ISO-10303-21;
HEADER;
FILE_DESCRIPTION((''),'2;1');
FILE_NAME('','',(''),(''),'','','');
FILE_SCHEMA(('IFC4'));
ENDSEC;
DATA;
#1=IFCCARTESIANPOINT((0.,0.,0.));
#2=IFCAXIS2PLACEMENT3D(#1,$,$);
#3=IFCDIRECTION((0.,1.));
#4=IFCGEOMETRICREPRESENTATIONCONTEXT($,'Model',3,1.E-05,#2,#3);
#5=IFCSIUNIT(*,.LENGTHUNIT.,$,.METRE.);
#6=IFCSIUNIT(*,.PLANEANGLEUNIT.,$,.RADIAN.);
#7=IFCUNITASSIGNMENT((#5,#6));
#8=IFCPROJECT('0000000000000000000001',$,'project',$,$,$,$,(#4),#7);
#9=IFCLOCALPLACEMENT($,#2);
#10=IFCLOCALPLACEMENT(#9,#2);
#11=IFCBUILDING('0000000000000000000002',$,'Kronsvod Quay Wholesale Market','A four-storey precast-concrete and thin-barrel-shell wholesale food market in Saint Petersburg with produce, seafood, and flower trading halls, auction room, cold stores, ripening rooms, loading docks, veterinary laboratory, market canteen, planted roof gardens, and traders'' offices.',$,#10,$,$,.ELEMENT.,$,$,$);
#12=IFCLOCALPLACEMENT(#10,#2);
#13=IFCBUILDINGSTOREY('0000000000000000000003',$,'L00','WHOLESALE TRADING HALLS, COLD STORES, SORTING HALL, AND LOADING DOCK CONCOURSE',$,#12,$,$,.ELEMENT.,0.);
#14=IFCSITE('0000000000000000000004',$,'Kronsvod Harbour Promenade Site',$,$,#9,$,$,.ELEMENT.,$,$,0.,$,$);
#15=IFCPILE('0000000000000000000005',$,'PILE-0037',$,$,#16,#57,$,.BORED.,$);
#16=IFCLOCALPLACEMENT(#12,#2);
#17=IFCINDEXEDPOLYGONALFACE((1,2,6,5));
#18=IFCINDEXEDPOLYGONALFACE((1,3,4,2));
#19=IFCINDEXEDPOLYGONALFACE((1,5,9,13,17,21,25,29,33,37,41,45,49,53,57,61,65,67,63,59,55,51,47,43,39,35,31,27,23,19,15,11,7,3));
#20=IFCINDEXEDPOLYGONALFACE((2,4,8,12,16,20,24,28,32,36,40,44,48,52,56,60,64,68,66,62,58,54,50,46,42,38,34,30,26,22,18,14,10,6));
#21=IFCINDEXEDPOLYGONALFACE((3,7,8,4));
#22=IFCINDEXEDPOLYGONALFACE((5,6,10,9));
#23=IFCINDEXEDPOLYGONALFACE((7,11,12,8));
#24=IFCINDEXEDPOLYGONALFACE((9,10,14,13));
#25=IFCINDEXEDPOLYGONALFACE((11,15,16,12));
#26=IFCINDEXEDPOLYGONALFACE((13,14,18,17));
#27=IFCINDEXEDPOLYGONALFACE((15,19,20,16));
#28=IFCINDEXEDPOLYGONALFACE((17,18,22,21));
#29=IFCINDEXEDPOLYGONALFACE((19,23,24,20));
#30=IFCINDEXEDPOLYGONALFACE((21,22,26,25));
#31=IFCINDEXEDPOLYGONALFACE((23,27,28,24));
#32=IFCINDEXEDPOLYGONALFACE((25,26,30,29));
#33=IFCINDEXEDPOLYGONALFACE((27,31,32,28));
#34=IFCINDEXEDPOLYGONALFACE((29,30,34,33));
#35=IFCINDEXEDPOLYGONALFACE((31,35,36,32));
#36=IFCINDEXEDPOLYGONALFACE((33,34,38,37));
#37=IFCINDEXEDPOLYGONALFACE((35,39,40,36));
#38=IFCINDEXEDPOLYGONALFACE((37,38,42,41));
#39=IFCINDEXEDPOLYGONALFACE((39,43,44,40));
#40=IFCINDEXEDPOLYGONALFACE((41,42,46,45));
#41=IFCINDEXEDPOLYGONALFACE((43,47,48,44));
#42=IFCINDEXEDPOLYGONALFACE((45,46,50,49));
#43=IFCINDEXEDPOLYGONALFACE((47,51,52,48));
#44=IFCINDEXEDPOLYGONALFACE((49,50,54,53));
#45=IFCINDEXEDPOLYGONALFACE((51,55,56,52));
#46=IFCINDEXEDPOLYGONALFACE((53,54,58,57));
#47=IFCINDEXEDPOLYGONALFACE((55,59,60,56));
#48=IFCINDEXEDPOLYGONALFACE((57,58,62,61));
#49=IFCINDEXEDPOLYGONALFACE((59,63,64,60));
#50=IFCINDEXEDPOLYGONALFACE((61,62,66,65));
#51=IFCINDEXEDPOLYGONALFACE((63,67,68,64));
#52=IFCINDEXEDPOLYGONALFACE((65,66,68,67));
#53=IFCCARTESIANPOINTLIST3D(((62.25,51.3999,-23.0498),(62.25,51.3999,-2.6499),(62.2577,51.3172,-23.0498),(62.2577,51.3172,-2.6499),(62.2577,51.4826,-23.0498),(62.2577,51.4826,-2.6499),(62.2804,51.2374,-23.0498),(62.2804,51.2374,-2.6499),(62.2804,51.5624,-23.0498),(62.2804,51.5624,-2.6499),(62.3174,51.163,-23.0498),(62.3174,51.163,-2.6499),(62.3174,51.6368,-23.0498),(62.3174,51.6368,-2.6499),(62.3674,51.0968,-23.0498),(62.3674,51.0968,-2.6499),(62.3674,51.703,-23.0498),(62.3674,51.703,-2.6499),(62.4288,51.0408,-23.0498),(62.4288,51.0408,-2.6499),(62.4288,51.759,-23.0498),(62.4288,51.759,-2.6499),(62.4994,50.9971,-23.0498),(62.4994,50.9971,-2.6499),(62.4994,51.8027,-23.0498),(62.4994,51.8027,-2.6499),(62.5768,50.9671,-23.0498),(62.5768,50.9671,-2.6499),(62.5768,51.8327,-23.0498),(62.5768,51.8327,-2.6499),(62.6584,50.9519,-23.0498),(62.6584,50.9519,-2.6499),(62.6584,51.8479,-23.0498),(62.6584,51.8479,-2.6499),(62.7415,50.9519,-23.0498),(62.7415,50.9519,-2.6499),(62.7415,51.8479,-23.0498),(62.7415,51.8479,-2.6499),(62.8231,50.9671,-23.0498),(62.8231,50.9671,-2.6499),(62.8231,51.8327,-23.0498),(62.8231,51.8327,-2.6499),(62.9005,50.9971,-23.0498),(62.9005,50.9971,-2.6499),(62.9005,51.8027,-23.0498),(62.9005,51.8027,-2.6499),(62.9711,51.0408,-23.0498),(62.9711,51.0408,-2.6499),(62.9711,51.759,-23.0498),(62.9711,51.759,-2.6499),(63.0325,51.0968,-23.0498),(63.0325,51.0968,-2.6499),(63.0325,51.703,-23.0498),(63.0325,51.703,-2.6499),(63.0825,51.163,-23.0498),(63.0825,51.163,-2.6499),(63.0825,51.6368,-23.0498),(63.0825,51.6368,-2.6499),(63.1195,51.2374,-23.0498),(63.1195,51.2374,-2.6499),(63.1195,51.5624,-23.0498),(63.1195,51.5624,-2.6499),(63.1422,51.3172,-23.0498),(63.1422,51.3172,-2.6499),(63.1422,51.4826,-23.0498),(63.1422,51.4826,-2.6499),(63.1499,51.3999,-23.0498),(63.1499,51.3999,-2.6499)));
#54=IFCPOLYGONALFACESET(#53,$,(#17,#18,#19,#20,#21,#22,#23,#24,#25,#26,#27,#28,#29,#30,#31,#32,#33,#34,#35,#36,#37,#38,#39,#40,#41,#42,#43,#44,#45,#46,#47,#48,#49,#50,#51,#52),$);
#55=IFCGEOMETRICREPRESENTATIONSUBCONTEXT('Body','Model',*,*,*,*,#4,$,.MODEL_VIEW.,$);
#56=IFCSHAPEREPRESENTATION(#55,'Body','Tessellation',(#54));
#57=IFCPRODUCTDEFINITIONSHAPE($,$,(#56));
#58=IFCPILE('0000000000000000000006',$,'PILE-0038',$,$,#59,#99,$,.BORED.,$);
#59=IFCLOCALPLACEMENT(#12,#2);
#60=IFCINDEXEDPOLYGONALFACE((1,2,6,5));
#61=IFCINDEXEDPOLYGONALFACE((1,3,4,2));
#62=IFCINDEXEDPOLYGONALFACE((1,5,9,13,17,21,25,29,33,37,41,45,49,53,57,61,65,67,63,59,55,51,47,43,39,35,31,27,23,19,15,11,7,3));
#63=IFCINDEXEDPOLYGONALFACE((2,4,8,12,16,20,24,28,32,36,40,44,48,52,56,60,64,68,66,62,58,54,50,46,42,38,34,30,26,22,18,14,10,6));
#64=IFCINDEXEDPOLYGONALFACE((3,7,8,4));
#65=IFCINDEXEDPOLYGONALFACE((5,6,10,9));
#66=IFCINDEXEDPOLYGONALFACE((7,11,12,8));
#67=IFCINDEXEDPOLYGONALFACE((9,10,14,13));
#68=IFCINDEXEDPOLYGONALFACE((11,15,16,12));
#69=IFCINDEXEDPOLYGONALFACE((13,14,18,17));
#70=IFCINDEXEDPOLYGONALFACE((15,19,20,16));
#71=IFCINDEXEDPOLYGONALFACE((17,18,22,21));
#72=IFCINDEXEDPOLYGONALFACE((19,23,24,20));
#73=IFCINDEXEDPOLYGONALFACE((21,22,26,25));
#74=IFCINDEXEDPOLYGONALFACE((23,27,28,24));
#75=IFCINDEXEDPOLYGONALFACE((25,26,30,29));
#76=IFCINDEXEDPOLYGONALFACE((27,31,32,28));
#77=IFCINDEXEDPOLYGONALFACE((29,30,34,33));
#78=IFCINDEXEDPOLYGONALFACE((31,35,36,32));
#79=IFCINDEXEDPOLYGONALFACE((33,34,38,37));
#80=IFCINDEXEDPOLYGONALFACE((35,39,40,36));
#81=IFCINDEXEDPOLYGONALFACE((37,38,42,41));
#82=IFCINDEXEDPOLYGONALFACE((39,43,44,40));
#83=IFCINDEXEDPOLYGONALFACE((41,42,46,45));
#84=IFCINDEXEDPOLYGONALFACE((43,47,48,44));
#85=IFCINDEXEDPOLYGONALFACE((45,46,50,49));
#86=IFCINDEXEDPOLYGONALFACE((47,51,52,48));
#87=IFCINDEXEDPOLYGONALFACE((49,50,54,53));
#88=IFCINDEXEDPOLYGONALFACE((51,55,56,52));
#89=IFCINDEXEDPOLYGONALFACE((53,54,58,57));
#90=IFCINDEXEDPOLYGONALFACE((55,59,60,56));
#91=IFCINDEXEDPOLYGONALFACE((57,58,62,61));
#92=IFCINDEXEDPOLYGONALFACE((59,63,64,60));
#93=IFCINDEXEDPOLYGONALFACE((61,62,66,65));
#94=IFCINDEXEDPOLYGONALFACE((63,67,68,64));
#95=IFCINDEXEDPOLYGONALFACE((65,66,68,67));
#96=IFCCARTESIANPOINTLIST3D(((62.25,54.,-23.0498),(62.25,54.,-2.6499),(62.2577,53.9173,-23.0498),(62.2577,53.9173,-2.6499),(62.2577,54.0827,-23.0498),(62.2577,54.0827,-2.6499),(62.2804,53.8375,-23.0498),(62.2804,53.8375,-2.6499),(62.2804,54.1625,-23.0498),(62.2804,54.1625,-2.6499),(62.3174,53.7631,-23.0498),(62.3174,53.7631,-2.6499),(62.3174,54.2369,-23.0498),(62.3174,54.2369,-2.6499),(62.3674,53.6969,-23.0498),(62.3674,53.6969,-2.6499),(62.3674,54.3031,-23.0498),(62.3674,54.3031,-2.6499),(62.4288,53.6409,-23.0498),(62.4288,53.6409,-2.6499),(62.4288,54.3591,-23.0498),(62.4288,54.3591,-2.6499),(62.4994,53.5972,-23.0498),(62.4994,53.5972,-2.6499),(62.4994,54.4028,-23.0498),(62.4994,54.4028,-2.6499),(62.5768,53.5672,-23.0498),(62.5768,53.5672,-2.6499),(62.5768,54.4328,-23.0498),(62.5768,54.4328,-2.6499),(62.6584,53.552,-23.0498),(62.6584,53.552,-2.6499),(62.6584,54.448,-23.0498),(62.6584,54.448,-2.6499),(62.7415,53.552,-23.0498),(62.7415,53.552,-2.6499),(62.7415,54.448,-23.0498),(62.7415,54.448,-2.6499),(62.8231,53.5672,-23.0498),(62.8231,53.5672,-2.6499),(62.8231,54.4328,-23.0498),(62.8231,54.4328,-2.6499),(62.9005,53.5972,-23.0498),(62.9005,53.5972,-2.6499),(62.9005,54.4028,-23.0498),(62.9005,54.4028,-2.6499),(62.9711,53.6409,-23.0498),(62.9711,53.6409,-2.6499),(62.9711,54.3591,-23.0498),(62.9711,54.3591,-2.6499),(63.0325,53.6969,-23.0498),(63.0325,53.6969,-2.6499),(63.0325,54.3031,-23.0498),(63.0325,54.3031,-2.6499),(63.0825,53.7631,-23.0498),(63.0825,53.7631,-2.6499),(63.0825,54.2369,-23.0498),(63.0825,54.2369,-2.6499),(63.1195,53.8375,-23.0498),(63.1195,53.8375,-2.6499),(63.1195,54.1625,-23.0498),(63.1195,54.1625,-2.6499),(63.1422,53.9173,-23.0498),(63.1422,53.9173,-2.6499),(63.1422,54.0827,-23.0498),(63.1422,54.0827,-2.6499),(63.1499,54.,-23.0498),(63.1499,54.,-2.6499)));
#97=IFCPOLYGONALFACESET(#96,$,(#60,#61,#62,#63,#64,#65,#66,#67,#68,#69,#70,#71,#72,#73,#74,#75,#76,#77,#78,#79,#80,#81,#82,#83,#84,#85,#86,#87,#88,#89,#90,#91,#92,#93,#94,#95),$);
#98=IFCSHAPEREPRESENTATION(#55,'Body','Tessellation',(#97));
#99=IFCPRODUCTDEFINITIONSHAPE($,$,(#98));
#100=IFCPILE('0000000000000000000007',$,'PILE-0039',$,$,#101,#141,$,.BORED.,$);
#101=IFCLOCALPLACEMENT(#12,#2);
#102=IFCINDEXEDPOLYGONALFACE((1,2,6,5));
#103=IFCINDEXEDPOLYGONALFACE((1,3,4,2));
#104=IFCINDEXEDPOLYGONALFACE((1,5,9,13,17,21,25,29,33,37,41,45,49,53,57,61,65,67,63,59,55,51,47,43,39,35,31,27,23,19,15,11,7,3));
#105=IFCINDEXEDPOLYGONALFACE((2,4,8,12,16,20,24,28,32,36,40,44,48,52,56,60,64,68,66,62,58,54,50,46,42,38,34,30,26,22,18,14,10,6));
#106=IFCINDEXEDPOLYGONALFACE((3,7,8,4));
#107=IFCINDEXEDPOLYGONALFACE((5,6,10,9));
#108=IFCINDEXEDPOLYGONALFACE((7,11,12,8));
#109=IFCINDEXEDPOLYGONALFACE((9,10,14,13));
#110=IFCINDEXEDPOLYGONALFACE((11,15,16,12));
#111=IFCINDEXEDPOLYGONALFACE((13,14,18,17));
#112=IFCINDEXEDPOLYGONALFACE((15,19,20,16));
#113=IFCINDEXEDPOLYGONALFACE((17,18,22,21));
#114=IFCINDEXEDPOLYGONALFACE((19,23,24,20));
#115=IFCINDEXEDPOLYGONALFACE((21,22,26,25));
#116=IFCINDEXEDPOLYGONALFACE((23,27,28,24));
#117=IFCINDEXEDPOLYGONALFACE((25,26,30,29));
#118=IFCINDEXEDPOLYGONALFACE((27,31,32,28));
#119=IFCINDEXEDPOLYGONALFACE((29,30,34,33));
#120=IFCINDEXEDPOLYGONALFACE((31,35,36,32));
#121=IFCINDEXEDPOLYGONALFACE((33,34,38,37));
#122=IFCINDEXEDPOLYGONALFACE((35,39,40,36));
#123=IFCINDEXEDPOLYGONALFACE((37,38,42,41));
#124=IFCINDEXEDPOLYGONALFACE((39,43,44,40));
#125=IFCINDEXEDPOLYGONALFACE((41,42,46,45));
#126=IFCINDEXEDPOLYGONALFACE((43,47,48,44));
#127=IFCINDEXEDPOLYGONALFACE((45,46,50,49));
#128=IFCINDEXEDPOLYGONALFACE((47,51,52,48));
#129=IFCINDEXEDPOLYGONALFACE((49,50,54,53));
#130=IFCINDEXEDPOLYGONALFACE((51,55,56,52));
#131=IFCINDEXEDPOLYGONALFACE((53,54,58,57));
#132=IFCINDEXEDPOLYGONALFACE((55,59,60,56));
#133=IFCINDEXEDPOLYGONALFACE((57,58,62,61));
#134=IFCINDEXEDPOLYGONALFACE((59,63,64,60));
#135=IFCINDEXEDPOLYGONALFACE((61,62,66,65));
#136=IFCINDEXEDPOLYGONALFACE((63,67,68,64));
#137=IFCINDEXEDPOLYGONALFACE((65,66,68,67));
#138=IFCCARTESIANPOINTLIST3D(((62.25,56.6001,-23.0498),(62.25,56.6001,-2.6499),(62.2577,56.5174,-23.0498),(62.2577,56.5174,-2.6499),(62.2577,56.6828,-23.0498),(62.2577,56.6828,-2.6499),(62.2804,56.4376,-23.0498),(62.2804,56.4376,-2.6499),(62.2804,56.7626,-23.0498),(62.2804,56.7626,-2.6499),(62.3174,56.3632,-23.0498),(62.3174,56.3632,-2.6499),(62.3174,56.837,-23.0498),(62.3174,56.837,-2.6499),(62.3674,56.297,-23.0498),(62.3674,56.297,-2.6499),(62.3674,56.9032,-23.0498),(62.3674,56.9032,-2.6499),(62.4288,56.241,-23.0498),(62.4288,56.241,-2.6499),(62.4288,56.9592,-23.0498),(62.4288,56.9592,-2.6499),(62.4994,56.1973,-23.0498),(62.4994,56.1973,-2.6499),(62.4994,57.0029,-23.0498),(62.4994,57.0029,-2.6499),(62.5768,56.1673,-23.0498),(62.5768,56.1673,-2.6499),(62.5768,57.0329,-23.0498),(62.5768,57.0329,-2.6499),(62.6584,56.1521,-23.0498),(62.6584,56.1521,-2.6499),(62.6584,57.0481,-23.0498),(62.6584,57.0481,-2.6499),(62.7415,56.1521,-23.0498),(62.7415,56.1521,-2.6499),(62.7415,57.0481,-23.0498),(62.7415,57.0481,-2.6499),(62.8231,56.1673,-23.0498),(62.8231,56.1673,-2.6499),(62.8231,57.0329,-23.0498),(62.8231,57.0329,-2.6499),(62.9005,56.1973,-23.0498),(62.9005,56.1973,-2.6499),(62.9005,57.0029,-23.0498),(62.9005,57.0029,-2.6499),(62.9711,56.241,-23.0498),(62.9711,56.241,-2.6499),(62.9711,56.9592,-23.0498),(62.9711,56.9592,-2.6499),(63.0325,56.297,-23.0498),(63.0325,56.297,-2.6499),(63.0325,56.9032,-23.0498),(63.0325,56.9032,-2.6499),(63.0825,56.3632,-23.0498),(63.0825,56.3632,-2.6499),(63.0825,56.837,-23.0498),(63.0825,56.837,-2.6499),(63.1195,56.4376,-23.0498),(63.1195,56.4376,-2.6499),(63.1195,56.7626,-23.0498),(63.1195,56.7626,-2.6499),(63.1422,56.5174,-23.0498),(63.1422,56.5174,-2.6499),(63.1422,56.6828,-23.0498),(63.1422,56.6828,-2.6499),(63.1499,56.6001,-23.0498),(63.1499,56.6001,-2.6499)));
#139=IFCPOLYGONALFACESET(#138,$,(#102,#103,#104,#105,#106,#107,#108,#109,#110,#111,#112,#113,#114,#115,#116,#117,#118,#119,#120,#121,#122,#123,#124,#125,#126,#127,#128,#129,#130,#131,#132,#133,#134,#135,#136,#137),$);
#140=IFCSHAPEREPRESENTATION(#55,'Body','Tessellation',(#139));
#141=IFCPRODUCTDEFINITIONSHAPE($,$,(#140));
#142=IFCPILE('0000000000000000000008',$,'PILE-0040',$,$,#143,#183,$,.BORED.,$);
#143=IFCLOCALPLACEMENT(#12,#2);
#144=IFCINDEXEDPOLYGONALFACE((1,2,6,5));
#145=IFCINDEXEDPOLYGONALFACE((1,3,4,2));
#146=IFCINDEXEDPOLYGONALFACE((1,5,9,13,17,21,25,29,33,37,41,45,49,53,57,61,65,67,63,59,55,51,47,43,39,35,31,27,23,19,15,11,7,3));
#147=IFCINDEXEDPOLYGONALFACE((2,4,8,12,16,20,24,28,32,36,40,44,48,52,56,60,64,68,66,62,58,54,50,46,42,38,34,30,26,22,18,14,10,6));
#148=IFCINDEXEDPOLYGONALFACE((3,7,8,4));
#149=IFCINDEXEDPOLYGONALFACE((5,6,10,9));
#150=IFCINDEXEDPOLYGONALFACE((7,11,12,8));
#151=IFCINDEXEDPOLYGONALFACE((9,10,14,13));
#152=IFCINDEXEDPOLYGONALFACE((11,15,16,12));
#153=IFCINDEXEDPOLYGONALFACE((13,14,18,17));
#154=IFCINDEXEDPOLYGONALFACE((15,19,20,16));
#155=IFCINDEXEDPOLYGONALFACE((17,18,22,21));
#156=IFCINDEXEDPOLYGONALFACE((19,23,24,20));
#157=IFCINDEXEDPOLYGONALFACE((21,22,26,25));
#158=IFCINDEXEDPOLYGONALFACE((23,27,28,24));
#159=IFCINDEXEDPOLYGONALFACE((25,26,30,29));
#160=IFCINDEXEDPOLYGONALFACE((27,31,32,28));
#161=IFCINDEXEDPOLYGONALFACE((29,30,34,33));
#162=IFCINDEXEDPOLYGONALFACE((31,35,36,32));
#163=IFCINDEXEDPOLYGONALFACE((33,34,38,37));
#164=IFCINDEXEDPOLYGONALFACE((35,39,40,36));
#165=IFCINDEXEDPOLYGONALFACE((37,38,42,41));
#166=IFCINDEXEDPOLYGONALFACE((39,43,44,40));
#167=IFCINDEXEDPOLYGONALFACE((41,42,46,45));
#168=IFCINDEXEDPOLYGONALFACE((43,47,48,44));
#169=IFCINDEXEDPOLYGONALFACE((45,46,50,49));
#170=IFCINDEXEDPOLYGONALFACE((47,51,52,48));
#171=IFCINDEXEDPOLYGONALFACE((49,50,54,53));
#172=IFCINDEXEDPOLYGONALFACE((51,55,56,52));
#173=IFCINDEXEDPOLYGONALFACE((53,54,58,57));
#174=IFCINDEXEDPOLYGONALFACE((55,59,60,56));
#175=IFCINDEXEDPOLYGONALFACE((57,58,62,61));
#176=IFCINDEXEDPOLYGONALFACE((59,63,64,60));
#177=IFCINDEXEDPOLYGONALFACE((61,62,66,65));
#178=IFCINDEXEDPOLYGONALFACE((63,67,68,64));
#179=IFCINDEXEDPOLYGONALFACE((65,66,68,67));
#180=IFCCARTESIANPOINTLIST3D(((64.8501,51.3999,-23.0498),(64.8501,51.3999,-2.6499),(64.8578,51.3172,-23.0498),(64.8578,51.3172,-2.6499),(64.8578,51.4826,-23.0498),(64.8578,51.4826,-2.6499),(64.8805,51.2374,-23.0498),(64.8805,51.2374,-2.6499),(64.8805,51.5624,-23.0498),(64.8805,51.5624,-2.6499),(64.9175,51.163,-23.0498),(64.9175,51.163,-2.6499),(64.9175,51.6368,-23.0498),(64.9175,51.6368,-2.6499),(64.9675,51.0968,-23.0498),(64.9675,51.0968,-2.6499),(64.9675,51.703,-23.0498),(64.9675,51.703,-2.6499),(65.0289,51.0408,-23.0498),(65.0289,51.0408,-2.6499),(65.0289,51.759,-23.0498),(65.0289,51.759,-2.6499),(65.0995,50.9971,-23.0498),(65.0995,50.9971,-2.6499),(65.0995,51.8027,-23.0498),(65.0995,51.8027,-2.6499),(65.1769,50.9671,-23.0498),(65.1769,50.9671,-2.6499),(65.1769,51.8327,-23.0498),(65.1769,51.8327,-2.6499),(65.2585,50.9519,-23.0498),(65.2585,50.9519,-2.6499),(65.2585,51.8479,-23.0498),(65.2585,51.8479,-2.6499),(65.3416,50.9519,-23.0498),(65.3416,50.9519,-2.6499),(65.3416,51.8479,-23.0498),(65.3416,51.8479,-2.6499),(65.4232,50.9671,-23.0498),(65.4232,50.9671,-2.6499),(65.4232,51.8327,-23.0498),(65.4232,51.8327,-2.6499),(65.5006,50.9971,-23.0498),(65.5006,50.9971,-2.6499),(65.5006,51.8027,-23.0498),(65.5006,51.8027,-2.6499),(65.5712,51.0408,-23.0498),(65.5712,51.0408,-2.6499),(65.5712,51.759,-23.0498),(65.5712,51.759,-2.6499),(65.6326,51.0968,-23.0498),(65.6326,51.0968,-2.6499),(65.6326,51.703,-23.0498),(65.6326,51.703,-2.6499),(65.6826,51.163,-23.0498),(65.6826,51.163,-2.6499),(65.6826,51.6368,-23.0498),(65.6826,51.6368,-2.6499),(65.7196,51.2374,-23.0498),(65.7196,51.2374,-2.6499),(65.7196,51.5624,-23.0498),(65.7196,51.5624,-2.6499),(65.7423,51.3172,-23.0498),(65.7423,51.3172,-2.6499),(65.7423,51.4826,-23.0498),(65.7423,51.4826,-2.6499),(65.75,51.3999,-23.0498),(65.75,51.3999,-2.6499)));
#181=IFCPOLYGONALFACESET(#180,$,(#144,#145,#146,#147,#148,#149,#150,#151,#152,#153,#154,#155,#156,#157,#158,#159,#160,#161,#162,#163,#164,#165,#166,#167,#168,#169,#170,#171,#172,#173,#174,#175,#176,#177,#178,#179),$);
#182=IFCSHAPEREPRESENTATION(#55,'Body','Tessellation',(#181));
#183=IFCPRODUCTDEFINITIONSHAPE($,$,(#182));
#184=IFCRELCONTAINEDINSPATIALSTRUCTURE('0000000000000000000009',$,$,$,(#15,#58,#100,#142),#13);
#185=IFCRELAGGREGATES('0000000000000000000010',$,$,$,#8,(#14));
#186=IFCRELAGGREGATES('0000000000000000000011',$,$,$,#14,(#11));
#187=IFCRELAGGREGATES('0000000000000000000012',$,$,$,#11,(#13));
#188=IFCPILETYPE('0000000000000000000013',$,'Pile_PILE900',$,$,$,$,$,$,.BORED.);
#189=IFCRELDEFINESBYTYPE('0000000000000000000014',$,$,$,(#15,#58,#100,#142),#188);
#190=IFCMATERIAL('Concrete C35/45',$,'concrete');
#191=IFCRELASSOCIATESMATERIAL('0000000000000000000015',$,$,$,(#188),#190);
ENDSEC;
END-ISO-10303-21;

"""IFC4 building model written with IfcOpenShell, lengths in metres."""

from ifc_helpers import new_model, si_unit, direction, frame, origin, origin_2d, place, context, subcontext, project, spatial, circle, extrude, material, material_profile, profile_set, type_object, element, save


model = new_model("IFC4")

# Units and contexts
model_context = context("Model", 3, precision=1e-05, world=origin(), true_north=direction((0.0, 1.0)))
body_context = subcontext(model_context, "Body", "Model", "MODEL_VIEW")
ifc_project = project(units=[si_unit("LENGTHUNIT", "METRE"), si_unit("PLANEANGLEUNIT", "RADIAN")], contexts=[model_context])

# Site, building, storey
site_placement = place(None, origin())
site = spatial("IfcSite", under=ifc_project, at=site_placement, Name="Kronsvod Harbour Promenade Site", CompositionType="ELEMENT", RefElevation=0.0)
building_placement = place(site_placement, origin())
building = spatial("IfcBuilding", under=site, at=building_placement, Name="Kronsvod Quay Wholesale Market", Description="A four-storey precast-concrete and thin-barrel-shell wholesale food market in Saint Petersburg with produce, seafood, and flower trading halls, auction room, cold stores, ripening rooms, loading docks, veterinary laboratory, market canteen, planted roof gardens, and traders' offices.", CompositionType="ELEMENT")
storey_placement = place(building_placement, origin())
storey = spatial("IfcBuildingStorey", under=building, at=storey_placement, Name="L00", Description="WHOLESALE TRADING HALLS, COLD STORES, SORTING HALL, AND LOADING DOCK CONCOURSE", CompositionType="ELEMENT", Elevation=0.0)

# Piles
ifc_material_1 = material(Name="Concrete C35/45", Category="concrete")
ifc_material_profile_1 = material_profile(ifc_material_1, circle(Radius=0.45, at=origin_2d()), Name="PILE900")
ifc_profile_set_1 = profile_set([ifc_material_profile_1], Name="Concrete C35/45")
pile_type_1 = type_object("IfcPileType", Name="Pile_PILE900", PredefinedType="BORED", material=ifc_profile_set_1)
for number, where, z_axis, x_axis, name in (
    (1, (62.7, 51.3999, -2.6499), (0.0, 0.0, -1.0), (1.0, 0.0, 0.0), "PILE-0037"),
    (2, (62.7, 54.0, -2.6499), (0.0, 0.0, -1.0), (1.0, 0.0, 0.0), "PILE-0038"),
    (3, (62.7, 56.6001, -2.6499), (0.0, 0.0, -1.0), (1.0, 0.0, 0.0), "PILE-0039"),
    (4, (65.3, 51.3999, -2.6499), (0.0, 0.0, -1.0), (1.0, 0.0, 0.0), "PILE-0040"),
):
    element("IfcPile", number, at=place(storey_placement, frame(where, z_axis=z_axis, x_axis=x_axis)), inside=storey, type_object=pile_type_1, Name=name, PredefinedType="BORED", context=body_context, shape_type="SweptSolid", body=[
        extrude(circle(Radius=0.45, at=origin_2d()), origin(), (0.0, 0.0, 1.0), 20.3999),
    ])

save(model, "model.ifc")
